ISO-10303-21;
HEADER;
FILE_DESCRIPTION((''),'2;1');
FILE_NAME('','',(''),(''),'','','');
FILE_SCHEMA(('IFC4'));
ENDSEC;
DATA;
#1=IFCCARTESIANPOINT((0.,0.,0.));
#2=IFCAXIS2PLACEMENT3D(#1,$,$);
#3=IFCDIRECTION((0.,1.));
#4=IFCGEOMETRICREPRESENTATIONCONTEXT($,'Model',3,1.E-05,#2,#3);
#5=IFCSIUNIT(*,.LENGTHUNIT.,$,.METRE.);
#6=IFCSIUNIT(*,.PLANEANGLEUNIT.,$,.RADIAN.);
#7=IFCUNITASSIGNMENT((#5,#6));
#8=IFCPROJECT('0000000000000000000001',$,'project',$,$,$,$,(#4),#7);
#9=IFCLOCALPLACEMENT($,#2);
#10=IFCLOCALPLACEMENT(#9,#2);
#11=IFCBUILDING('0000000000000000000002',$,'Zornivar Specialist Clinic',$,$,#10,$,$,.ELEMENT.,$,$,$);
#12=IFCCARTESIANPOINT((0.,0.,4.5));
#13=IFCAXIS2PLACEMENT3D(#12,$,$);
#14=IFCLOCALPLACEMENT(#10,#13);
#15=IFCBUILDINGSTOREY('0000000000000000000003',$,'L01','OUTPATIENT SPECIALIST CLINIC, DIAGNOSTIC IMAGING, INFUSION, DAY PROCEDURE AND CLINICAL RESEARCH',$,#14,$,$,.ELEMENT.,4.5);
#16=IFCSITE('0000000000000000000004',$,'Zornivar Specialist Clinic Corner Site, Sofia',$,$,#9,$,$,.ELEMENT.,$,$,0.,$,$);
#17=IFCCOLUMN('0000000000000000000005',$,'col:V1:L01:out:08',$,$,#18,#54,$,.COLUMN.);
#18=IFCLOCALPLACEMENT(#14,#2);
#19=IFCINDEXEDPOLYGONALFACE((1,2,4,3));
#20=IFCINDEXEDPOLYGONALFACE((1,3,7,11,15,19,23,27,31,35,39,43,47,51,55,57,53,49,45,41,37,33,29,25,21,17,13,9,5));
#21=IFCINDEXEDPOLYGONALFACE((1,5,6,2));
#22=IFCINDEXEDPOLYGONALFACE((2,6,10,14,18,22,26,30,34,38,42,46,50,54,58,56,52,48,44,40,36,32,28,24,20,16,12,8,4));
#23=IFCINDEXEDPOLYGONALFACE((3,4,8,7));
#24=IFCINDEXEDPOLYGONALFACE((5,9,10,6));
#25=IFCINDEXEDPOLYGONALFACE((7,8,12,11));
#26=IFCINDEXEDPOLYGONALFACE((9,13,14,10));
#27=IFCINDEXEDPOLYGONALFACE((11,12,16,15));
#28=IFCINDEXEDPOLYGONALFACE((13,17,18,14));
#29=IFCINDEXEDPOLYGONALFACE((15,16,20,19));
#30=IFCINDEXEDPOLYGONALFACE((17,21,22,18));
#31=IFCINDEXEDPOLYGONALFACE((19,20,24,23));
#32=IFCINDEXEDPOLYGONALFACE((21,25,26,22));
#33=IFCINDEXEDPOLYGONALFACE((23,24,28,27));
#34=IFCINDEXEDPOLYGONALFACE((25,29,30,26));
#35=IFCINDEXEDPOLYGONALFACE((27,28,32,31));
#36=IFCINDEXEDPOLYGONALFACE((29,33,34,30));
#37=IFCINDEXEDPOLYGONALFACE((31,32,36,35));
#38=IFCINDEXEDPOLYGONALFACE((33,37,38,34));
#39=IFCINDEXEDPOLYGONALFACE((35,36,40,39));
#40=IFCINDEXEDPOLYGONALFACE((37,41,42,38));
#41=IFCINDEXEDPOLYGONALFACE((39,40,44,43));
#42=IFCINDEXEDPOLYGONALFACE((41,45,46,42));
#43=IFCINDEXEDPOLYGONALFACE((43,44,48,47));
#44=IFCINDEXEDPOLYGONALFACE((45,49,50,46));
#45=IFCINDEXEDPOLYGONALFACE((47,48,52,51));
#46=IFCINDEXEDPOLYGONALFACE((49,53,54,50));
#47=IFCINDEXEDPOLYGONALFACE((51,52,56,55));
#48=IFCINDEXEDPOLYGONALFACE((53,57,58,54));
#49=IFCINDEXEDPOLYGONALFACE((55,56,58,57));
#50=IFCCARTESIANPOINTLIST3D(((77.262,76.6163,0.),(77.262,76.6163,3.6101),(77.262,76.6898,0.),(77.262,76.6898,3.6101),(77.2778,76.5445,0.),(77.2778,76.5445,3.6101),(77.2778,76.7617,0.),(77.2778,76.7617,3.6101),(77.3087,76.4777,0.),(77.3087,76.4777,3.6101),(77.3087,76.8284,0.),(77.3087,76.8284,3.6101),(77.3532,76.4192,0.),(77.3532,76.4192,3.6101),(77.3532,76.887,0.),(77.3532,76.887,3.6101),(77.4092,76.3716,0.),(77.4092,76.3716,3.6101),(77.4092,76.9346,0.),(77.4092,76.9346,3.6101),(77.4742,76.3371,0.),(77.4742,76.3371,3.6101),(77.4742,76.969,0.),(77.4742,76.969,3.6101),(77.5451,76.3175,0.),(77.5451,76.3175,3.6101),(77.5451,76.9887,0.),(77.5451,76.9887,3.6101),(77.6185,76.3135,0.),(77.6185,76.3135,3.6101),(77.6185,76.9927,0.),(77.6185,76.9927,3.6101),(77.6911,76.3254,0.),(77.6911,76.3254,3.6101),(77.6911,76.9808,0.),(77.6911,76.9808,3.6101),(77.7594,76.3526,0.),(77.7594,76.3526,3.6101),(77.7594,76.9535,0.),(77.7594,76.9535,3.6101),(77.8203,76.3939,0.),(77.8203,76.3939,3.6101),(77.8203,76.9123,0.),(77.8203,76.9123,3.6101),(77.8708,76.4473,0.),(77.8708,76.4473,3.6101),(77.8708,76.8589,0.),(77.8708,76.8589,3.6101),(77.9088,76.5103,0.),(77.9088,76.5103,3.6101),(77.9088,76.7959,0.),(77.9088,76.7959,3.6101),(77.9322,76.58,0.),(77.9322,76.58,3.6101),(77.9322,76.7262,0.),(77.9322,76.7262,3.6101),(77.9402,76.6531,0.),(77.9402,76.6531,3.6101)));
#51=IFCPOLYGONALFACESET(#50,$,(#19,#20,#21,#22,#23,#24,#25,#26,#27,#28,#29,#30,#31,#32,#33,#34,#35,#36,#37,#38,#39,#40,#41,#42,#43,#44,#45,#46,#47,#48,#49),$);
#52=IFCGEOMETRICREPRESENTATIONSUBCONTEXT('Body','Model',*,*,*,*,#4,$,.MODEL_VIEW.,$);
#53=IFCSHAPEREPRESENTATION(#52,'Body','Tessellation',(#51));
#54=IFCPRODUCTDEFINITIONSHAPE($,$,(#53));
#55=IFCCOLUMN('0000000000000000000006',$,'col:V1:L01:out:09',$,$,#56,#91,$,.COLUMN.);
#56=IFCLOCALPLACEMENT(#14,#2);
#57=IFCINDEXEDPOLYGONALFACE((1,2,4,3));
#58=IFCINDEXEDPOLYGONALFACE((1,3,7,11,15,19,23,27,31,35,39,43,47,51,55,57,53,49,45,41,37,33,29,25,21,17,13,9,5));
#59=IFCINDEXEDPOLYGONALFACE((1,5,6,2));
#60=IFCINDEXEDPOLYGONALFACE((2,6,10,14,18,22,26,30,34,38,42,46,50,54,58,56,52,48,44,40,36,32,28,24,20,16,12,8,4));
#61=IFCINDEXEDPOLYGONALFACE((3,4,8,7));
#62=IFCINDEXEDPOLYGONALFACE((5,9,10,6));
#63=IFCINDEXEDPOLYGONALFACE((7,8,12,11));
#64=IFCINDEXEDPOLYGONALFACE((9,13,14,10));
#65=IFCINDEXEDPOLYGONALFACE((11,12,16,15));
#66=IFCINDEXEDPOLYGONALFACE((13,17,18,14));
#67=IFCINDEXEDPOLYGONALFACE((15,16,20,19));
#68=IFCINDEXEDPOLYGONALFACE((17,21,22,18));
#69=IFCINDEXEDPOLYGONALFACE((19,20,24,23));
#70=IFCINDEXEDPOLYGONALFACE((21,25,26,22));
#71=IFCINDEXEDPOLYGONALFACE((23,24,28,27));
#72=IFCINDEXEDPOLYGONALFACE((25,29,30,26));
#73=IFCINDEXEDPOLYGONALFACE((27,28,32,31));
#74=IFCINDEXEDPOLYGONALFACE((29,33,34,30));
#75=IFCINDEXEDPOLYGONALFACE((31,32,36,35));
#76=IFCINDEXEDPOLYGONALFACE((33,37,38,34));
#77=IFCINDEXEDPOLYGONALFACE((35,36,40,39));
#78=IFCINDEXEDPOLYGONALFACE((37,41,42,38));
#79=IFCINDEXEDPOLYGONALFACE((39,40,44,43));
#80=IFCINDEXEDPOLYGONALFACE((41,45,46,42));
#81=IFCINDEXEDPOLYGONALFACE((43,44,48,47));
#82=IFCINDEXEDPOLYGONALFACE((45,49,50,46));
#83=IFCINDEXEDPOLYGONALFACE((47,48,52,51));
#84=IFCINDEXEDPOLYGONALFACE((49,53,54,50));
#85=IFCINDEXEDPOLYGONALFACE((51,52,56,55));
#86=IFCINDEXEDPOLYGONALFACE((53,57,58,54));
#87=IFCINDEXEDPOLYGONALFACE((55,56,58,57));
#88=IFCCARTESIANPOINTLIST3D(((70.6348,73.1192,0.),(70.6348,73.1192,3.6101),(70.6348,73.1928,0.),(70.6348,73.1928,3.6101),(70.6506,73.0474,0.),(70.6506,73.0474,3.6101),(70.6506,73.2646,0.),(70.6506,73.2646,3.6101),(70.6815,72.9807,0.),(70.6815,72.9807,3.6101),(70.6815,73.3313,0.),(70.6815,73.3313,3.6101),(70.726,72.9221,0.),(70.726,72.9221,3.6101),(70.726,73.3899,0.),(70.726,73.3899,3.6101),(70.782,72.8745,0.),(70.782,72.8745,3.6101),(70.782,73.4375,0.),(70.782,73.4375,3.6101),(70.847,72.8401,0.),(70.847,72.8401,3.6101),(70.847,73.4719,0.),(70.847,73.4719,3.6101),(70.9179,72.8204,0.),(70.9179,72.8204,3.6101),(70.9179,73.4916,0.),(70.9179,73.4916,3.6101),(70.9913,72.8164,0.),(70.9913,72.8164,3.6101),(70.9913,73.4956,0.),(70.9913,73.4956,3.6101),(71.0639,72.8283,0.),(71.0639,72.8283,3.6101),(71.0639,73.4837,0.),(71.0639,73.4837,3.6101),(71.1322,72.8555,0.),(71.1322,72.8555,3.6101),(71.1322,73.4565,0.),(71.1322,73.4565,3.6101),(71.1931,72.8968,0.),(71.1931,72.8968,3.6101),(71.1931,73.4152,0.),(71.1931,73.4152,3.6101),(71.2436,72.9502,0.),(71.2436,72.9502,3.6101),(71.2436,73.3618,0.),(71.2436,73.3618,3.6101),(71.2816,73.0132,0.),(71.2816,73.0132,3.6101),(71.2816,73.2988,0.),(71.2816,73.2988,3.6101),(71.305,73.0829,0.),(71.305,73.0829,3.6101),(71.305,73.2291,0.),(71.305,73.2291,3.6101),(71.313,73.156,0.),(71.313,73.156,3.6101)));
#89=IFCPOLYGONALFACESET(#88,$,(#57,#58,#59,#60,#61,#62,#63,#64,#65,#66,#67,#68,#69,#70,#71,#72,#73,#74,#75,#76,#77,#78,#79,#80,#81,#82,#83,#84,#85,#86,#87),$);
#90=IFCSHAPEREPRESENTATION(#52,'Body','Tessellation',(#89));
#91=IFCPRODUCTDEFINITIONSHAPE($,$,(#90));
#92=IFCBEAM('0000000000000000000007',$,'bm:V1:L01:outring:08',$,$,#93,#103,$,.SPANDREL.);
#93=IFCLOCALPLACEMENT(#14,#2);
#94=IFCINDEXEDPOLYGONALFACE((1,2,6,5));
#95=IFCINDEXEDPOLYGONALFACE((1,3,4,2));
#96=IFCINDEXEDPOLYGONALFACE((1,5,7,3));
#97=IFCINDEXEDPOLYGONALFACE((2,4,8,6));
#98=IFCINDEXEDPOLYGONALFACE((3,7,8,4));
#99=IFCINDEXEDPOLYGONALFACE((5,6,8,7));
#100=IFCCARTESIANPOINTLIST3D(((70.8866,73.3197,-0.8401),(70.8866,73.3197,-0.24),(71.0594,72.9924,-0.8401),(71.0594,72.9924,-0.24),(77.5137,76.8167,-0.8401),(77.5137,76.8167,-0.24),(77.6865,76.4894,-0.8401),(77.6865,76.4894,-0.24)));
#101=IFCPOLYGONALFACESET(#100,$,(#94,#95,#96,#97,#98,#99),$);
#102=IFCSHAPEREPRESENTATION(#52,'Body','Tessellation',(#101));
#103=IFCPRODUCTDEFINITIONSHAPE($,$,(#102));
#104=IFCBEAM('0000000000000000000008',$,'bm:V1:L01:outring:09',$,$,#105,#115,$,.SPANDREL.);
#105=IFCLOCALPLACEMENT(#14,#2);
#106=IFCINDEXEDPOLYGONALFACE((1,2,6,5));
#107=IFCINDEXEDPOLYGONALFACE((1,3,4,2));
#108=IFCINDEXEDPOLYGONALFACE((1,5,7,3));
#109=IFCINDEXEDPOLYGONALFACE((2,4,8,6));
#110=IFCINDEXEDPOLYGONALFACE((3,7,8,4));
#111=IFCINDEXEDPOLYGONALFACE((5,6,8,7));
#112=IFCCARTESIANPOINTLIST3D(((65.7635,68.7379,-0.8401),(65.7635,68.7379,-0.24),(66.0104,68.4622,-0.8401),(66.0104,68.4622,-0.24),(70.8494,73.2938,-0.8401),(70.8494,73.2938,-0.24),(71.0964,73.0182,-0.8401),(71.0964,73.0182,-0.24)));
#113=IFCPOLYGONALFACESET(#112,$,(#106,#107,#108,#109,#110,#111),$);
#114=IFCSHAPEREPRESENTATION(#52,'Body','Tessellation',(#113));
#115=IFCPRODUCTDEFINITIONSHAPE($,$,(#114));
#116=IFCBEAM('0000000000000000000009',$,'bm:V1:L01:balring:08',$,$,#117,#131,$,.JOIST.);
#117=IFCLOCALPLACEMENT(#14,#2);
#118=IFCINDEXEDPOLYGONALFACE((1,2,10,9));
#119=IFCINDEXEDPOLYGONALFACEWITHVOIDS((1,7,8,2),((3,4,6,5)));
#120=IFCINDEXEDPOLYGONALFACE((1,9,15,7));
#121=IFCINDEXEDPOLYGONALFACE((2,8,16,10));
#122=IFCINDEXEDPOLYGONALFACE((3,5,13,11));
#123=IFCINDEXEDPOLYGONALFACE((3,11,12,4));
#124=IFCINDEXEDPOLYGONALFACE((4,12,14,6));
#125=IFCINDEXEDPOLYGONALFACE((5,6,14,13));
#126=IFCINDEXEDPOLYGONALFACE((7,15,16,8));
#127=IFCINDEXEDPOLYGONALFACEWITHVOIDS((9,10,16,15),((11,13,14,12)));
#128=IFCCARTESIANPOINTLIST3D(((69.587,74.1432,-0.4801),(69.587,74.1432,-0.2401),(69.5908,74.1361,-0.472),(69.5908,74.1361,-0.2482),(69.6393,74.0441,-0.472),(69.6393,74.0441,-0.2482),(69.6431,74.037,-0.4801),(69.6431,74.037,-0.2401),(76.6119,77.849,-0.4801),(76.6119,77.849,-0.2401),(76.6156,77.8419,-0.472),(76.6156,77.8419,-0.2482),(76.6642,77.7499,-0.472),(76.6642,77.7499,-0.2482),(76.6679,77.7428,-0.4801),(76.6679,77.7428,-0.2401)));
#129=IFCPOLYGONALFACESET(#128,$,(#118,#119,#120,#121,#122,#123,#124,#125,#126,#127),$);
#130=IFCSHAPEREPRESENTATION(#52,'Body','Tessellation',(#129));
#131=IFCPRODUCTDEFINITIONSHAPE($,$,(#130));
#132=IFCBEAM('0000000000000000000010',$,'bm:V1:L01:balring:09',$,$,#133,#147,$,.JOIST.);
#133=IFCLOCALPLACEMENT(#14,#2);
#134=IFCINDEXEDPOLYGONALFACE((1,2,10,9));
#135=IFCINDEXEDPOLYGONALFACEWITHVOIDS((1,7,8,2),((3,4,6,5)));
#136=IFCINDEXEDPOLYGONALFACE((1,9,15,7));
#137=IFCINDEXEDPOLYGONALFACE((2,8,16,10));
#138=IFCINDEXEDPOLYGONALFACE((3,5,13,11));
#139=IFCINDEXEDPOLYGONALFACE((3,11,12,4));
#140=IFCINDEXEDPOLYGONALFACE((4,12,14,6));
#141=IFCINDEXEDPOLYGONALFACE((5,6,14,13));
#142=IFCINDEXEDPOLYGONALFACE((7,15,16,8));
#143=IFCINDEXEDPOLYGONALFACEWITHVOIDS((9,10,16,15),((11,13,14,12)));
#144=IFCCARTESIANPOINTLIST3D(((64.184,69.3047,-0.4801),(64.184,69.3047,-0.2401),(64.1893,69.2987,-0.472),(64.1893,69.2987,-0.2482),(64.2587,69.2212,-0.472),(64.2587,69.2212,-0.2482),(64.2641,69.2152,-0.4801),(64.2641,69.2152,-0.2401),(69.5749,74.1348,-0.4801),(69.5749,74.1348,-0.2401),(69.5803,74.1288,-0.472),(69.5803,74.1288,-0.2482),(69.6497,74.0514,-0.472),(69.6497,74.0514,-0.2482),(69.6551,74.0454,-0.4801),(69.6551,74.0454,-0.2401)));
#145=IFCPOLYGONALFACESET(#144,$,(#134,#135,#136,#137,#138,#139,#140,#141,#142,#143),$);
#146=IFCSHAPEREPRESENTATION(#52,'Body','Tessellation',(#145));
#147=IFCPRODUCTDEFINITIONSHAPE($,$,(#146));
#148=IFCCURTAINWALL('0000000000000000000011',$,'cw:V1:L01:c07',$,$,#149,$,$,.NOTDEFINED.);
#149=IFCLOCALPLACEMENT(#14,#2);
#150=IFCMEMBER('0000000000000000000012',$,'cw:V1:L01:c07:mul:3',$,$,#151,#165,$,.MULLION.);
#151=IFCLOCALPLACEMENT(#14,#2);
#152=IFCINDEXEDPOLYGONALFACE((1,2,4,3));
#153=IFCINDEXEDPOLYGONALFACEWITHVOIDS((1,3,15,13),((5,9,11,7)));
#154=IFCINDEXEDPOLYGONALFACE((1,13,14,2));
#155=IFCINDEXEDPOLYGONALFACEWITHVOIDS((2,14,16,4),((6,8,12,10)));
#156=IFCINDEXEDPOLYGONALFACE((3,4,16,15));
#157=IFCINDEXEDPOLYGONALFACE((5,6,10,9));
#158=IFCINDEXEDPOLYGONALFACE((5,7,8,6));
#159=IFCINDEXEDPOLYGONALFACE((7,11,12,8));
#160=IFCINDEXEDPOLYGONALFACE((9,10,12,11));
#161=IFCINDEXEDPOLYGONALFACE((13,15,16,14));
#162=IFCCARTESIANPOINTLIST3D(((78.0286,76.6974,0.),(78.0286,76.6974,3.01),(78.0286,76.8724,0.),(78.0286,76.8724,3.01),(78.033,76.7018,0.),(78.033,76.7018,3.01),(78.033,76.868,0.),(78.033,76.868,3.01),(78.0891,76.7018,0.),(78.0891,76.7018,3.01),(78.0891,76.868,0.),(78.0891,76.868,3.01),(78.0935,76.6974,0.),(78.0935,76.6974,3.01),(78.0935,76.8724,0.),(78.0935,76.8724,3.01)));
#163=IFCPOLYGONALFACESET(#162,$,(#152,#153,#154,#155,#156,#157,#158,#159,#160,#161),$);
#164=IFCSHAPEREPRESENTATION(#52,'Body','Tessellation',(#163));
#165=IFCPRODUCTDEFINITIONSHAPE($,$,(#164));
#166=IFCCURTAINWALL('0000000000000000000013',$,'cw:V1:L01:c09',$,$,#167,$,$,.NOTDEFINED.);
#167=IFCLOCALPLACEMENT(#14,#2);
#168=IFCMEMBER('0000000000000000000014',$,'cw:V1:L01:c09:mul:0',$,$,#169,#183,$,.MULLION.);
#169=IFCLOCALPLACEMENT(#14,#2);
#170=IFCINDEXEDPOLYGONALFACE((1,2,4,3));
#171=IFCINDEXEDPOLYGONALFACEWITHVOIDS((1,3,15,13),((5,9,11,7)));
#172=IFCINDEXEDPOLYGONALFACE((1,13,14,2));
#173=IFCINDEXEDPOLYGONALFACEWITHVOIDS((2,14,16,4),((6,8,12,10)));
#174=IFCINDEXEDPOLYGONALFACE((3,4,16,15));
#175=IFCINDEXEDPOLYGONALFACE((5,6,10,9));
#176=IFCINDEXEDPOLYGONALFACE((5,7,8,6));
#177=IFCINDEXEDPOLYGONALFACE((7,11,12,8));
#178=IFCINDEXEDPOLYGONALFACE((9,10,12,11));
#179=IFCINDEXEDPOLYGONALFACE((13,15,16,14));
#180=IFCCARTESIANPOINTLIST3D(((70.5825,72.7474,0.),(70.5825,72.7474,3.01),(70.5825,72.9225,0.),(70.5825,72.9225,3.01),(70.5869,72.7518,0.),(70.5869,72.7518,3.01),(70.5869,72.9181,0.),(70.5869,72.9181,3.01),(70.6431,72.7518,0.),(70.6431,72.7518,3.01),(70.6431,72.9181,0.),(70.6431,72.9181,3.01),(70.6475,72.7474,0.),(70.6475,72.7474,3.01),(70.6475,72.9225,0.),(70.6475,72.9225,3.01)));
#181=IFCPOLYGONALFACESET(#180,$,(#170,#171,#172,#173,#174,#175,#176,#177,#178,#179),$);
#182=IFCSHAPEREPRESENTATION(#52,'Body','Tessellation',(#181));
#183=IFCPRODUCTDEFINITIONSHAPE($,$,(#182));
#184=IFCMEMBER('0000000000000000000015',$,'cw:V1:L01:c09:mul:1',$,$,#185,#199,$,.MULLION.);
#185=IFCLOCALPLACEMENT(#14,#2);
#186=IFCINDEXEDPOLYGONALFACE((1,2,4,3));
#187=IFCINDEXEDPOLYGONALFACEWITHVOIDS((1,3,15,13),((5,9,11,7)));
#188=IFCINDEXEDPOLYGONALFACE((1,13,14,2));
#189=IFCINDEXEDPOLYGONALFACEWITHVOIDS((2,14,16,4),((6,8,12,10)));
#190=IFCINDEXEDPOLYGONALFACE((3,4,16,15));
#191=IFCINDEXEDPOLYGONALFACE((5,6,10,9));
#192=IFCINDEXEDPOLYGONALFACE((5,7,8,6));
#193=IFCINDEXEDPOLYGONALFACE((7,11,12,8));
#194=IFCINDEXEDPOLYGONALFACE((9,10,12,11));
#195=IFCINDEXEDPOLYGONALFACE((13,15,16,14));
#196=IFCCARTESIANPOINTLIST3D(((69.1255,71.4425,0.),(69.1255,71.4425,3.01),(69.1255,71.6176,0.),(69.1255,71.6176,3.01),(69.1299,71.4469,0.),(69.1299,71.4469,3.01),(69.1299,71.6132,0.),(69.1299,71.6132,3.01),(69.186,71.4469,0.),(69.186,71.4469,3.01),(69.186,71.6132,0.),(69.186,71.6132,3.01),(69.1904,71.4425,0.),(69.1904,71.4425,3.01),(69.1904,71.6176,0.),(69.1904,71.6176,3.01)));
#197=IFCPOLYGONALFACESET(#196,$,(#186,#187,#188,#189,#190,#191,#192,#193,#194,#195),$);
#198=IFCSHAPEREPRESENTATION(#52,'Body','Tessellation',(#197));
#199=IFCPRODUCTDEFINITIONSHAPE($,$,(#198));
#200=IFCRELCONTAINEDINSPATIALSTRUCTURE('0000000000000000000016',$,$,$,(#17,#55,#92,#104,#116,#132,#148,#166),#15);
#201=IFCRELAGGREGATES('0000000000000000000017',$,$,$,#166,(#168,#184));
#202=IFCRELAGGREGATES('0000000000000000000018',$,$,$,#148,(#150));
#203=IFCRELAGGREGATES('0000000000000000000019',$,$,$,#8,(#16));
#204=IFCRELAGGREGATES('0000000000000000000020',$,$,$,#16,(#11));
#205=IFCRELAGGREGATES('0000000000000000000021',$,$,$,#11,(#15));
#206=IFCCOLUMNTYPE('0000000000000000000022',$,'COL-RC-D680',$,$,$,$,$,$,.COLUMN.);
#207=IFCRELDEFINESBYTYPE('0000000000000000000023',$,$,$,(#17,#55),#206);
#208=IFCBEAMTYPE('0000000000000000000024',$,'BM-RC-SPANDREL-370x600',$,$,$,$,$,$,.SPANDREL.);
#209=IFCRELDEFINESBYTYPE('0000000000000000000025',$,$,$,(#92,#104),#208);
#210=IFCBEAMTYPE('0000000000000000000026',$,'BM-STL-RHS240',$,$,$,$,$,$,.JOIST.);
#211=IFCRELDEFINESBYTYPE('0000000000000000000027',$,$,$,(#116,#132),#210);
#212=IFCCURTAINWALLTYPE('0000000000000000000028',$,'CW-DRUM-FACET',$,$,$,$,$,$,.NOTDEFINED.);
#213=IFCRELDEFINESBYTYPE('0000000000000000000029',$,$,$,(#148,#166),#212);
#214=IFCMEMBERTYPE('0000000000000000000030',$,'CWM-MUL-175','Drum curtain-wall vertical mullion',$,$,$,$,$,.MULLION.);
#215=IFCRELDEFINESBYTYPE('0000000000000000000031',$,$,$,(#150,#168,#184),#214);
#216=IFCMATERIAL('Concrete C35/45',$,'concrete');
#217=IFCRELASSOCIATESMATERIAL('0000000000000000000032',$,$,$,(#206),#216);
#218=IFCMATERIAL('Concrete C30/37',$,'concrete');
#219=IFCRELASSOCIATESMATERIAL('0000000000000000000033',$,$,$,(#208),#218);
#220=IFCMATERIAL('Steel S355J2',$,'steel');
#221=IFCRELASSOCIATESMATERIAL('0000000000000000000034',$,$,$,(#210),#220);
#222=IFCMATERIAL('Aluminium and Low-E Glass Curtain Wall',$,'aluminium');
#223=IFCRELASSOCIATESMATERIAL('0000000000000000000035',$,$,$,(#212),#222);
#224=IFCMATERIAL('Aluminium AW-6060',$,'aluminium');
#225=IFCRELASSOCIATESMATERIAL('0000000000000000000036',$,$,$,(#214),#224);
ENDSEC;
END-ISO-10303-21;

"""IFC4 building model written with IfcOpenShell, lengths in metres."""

from ifc_helpers import new_model, si_unit, direction, frame, origin, origin_2d, place, context, subcontext, project, spatial, rectangle, hollow_rectangle, circle, extrude, material, material_profile, profile_set, type_object, element, aggregate, save


model = new_model("IFC4")

# Units and contexts
model_context = context("Model", 3, precision=1e-05, world=origin(), true_north=direction((0.0, 1.0)))
body_context = subcontext(model_context, "Body", "Model", "MODEL_VIEW")
ifc_project = project(units=[si_unit("LENGTHUNIT", "METRE"), si_unit("PLANEANGLEUNIT", "RADIAN")], contexts=[model_context])

# Site, building, storey
site_placement = place(None, origin())
site = spatial("IfcSite", under=ifc_project, at=site_placement, Name="Zornivar Specialist Clinic Corner Site, Sofia", CompositionType="ELEMENT", RefElevation=0.0)
building_placement = place(site_placement, origin())
building = spatial("IfcBuilding", under=site, at=building_placement, Name="Zornivar Specialist Clinic", CompositionType="ELEMENT")
storey_placement = place(building_placement, frame((0.0, 0.0, 4.5)))
storey = spatial("IfcBuildingStorey", under=building, at=storey_placement, Name="L01", Description="OUTPATIENT SPECIALIST CLINIC, DIAGNOSTIC IMAGING, INFUSION, DAY PROCEDURE AND CLINICAL RESEARCH", CompositionType="ELEMENT", Elevation=4.5)

# Columns
ifc_material_1 = material(Name="Concrete C35/45", Category="concrete")
ifc_material_profile_1 = material_profile(ifc_material_1, circle(Radius=0.3401, at=origin_2d()), Name="RC D680")
ifc_profile_set_1 = profile_set([ifc_material_profile_1], Name="Concrete C35/45")
column_type = type_object("IfcColumnType", Name="COL-RC-D680", PredefinedType="COLUMN", material=ifc_profile_set_1)
for number, where, z_axis, x_axis, name in (
    (1, (77.6001, 76.6531, 0.0), (0.0, 0.0, 1.0), (1.0, 0.0, 0.0), "col:V1:L01:out:08"),
    (2, (70.9729, 73.156, 0.0), (0.0, 0.0, 1.0), (1.0, 0.0, 0.0), "col:V1:L01:out:09"),
):
    element("IfcColumn", number, at=place(storey_placement, frame(where, z_axis=z_axis, x_axis=x_axis)), inside=storey, type_object=column_type, Name=name, PredefinedType="COLUMN", context=body_context, shape_type="SweptSolid", body=[
        extrude(circle(Radius=0.3401, at=origin_2d()), origin(), (0.0, 0.0, 1.0), 3.6101),
    ])

# Beams
ifc_material_2 = material(Name="Concrete C30/37", Category="concrete")
ifc_material_profile_2 = material_profile(ifc_material_2, rectangle(XDim=0.3701, YDim=0.6001, at=origin_2d()), Name="RC 370x600")
ifc_profile_set_2 = profile_set([ifc_material_profile_2], Name="Concrete C30/37")
beam_type_1 = type_object("IfcBeamType", Name="BM-RC-SPANDREL-370x600", PredefinedType="SPANDREL", material=ifc_profile_set_2)
beam_1_placement = place(storey_placement, frame((77.6001, 76.6531, -0.54), z_axis=(-0.884419, -0.466694, 0.0), x_axis=(0.466694, -0.884419, 0.0)))
element("IfcBeam", 3, at=beam_1_placement, inside=storey, type_object=beam_type_1, Name="bm:V1:L01:outring:08", PredefinedType="SPANDREL", context=body_context, shape_type="SweptSolid", body=[
    extrude(rectangle(XDim=0.3701, YDim=0.6001, at=origin_2d()), origin(), (0.0, 0.0, 1.0), 7.4932),
])
beam_2_placement = place(storey_placement, frame((70.9729, 73.156, -0.54), z_axis=(-0.744853, -0.667228, 0.0), x_axis=(0.667228, -0.744853, 0.0)))
element("IfcBeam", 4, at=beam_2_placement, inside=storey, type_object=beam_type_1, Name="bm:V1:L01:outring:09", PredefinedType="SPANDREL", context=body_context, shape_type="SweptSolid", body=[
    extrude(rectangle(XDim=0.3701, YDim=0.6001, at=origin_2d()), origin(), (0.0, 0.0, 1.0), 6.8281),
])
ifc_material_3 = material(Name="Steel S355J2", Category="steel")
ifc_material_profile_3 = material_profile(ifc_material_3, hollow_rectangle(XDim=0.1201, YDim=0.24, WallThickness=0.0081, at=origin_2d()), Name="RHS 240x120x8")
ifc_profile_set_3 = profile_set([ifc_material_profile_3], Name="Steel S355J2")
beam_type_2 = type_object("IfcBeamType", Name="BM-STL-RHS240", PredefinedType="JOIST", material=ifc_profile_set_3)
beam_3_placement = place(storey_placement, frame((76.6399, 77.7959, -0.3601), z_axis=(-0.884477, -0.466584, 0.0), x_axis=(0.466584, -0.884477, 0.0)))
element("IfcBeam", 5, at=beam_3_placement, inside=storey, type_object=beam_type_2, Name="bm:V1:L01:balring:08", PredefinedType="JOIST", context=body_context, shape_type="SweptSolid", body=[
    extrude(hollow_rectangle(XDim=0.1201, YDim=0.24, WallThickness=0.0081, at=origin_2d()), origin(), (0.0, 0.0, 1.0), 7.9424),
])
beam_4_placement = place(storey_placement, frame((69.615, 74.0901, -0.3601), z_axis=(-0.744783, -0.667306, 0.0), x_axis=(0.667306, -0.744783, 0.0)))
element("IfcBeam", 6, at=beam_4_placement, inside=storey, type_object=beam_type_2, Name="bm:V1:L01:balring:09", PredefinedType="JOIST", context=body_context, shape_type="SweptSolid", body=[
    extrude(hollow_rectangle(XDim=0.1201, YDim=0.24, WallThickness=0.0081, at=origin_2d()), origin(), (0.0, 0.0, 1.0), 7.2383),
])

# Curtain wall, member
ifc_material_4 = material(Name="Aluminium and Low-E Glass Curtain Wall", Category="aluminium")
curtain_wall_type = type_object("IfcCurtainWallType", Name="CW-DRUM-FACET", PredefinedType="NOTDEFINED", material=ifc_material_4)
curtain_wall_1_placement = place(storey_placement, origin())
curtain_wall_1 = element("IfcCurtainWall", 7, at=curtain_wall_1_placement, inside=storey, type_object=curtain_wall_type, Name="cw:V1:L01:c07", PredefinedType="NOTDEFINED")
ifc_material_5 = material(Name="Aluminium AW-6060", Category="aluminium")
ifc_material_profile_4 = material_profile(ifc_material_5, hollow_rectangle(XDim=0.0649, YDim=0.175, WallThickness=0.0044, at=origin_2d()), Name="ALU 65x175x4.5")
ifc_profile_set_4 = profile_set([ifc_material_profile_4], Name="Aluminium AW-6060")
member_type_1 = type_object("IfcMemberType", Name="CWM-MUL-175", Description="Drum curtain-wall vertical mullion", PredefinedType="MULLION", material=ifc_profile_set_4)
member_1_placement = place(storey_placement, frame((78.061, 76.7849, 0.0), z_axis=(0.0, 0.0, 1.0), x_axis=(1.0, 0.0, 0.0)))
member_1 = element("IfcMember", 8, at=member_1_placement, type_object=member_type_1, Name="cw:V1:L01:c07:mul:3", PredefinedType="MULLION", context=body_context, shape_type="SweptSolid", body=[
    extrude(hollow_rectangle(XDim=0.0649, YDim=0.175, WallThickness=0.0044, at=origin_2d()), origin(), (0.0, 0.0, 1.0), 3.01),
])

# Curtain wall, members
curtain_wall_2_placement = place(storey_placement, origin())
curtain_wall_2 = element("IfcCurtainWall", 9, at=curtain_wall_2_placement, inside=storey, type_object=curtain_wall_type, Name="cw:V1:L01:c09", PredefinedType="NOTDEFINED")
member_2_placement = place(storey_placement, frame((70.615, 72.835, 0.0), z_axis=(0.0, 0.0, 1.0), x_axis=(1.0, 0.0, 0.0)))
member_2 = element("IfcMember", 10, at=member_2_placement, type_object=member_type_1, Name="cw:V1:L01:c09:mul:0", PredefinedType="MULLION", context=body_context, shape_type="SweptSolid", body=[
    extrude(hollow_rectangle(XDim=0.0649, YDim=0.175, WallThickness=0.0044, at=origin_2d()), origin(), (0.0, 0.0, 1.0), 3.01),
])
member_3_placement = place(storey_placement, frame((69.158, 71.53, 0.0), z_axis=(0.0, 0.0, 1.0), x_axis=(1.0, 0.0, 0.0)))
member_3 = element("IfcMember", 11, at=member_3_placement, type_object=member_type_1, Name="cw:V1:L01:c09:mul:1", PredefinedType="MULLION", context=body_context, shape_type="SweptSolid", body=[
    extrude(hollow_rectangle(XDim=0.0649, YDim=0.175, WallThickness=0.0044, at=origin_2d()), origin(), (0.0, 0.0, 1.0), 3.01),
])

aggregate(curtain_wall_2, [member_2, member_3])
aggregate(curtain_wall_1, [member_1])

save(model, "model.ifc")
